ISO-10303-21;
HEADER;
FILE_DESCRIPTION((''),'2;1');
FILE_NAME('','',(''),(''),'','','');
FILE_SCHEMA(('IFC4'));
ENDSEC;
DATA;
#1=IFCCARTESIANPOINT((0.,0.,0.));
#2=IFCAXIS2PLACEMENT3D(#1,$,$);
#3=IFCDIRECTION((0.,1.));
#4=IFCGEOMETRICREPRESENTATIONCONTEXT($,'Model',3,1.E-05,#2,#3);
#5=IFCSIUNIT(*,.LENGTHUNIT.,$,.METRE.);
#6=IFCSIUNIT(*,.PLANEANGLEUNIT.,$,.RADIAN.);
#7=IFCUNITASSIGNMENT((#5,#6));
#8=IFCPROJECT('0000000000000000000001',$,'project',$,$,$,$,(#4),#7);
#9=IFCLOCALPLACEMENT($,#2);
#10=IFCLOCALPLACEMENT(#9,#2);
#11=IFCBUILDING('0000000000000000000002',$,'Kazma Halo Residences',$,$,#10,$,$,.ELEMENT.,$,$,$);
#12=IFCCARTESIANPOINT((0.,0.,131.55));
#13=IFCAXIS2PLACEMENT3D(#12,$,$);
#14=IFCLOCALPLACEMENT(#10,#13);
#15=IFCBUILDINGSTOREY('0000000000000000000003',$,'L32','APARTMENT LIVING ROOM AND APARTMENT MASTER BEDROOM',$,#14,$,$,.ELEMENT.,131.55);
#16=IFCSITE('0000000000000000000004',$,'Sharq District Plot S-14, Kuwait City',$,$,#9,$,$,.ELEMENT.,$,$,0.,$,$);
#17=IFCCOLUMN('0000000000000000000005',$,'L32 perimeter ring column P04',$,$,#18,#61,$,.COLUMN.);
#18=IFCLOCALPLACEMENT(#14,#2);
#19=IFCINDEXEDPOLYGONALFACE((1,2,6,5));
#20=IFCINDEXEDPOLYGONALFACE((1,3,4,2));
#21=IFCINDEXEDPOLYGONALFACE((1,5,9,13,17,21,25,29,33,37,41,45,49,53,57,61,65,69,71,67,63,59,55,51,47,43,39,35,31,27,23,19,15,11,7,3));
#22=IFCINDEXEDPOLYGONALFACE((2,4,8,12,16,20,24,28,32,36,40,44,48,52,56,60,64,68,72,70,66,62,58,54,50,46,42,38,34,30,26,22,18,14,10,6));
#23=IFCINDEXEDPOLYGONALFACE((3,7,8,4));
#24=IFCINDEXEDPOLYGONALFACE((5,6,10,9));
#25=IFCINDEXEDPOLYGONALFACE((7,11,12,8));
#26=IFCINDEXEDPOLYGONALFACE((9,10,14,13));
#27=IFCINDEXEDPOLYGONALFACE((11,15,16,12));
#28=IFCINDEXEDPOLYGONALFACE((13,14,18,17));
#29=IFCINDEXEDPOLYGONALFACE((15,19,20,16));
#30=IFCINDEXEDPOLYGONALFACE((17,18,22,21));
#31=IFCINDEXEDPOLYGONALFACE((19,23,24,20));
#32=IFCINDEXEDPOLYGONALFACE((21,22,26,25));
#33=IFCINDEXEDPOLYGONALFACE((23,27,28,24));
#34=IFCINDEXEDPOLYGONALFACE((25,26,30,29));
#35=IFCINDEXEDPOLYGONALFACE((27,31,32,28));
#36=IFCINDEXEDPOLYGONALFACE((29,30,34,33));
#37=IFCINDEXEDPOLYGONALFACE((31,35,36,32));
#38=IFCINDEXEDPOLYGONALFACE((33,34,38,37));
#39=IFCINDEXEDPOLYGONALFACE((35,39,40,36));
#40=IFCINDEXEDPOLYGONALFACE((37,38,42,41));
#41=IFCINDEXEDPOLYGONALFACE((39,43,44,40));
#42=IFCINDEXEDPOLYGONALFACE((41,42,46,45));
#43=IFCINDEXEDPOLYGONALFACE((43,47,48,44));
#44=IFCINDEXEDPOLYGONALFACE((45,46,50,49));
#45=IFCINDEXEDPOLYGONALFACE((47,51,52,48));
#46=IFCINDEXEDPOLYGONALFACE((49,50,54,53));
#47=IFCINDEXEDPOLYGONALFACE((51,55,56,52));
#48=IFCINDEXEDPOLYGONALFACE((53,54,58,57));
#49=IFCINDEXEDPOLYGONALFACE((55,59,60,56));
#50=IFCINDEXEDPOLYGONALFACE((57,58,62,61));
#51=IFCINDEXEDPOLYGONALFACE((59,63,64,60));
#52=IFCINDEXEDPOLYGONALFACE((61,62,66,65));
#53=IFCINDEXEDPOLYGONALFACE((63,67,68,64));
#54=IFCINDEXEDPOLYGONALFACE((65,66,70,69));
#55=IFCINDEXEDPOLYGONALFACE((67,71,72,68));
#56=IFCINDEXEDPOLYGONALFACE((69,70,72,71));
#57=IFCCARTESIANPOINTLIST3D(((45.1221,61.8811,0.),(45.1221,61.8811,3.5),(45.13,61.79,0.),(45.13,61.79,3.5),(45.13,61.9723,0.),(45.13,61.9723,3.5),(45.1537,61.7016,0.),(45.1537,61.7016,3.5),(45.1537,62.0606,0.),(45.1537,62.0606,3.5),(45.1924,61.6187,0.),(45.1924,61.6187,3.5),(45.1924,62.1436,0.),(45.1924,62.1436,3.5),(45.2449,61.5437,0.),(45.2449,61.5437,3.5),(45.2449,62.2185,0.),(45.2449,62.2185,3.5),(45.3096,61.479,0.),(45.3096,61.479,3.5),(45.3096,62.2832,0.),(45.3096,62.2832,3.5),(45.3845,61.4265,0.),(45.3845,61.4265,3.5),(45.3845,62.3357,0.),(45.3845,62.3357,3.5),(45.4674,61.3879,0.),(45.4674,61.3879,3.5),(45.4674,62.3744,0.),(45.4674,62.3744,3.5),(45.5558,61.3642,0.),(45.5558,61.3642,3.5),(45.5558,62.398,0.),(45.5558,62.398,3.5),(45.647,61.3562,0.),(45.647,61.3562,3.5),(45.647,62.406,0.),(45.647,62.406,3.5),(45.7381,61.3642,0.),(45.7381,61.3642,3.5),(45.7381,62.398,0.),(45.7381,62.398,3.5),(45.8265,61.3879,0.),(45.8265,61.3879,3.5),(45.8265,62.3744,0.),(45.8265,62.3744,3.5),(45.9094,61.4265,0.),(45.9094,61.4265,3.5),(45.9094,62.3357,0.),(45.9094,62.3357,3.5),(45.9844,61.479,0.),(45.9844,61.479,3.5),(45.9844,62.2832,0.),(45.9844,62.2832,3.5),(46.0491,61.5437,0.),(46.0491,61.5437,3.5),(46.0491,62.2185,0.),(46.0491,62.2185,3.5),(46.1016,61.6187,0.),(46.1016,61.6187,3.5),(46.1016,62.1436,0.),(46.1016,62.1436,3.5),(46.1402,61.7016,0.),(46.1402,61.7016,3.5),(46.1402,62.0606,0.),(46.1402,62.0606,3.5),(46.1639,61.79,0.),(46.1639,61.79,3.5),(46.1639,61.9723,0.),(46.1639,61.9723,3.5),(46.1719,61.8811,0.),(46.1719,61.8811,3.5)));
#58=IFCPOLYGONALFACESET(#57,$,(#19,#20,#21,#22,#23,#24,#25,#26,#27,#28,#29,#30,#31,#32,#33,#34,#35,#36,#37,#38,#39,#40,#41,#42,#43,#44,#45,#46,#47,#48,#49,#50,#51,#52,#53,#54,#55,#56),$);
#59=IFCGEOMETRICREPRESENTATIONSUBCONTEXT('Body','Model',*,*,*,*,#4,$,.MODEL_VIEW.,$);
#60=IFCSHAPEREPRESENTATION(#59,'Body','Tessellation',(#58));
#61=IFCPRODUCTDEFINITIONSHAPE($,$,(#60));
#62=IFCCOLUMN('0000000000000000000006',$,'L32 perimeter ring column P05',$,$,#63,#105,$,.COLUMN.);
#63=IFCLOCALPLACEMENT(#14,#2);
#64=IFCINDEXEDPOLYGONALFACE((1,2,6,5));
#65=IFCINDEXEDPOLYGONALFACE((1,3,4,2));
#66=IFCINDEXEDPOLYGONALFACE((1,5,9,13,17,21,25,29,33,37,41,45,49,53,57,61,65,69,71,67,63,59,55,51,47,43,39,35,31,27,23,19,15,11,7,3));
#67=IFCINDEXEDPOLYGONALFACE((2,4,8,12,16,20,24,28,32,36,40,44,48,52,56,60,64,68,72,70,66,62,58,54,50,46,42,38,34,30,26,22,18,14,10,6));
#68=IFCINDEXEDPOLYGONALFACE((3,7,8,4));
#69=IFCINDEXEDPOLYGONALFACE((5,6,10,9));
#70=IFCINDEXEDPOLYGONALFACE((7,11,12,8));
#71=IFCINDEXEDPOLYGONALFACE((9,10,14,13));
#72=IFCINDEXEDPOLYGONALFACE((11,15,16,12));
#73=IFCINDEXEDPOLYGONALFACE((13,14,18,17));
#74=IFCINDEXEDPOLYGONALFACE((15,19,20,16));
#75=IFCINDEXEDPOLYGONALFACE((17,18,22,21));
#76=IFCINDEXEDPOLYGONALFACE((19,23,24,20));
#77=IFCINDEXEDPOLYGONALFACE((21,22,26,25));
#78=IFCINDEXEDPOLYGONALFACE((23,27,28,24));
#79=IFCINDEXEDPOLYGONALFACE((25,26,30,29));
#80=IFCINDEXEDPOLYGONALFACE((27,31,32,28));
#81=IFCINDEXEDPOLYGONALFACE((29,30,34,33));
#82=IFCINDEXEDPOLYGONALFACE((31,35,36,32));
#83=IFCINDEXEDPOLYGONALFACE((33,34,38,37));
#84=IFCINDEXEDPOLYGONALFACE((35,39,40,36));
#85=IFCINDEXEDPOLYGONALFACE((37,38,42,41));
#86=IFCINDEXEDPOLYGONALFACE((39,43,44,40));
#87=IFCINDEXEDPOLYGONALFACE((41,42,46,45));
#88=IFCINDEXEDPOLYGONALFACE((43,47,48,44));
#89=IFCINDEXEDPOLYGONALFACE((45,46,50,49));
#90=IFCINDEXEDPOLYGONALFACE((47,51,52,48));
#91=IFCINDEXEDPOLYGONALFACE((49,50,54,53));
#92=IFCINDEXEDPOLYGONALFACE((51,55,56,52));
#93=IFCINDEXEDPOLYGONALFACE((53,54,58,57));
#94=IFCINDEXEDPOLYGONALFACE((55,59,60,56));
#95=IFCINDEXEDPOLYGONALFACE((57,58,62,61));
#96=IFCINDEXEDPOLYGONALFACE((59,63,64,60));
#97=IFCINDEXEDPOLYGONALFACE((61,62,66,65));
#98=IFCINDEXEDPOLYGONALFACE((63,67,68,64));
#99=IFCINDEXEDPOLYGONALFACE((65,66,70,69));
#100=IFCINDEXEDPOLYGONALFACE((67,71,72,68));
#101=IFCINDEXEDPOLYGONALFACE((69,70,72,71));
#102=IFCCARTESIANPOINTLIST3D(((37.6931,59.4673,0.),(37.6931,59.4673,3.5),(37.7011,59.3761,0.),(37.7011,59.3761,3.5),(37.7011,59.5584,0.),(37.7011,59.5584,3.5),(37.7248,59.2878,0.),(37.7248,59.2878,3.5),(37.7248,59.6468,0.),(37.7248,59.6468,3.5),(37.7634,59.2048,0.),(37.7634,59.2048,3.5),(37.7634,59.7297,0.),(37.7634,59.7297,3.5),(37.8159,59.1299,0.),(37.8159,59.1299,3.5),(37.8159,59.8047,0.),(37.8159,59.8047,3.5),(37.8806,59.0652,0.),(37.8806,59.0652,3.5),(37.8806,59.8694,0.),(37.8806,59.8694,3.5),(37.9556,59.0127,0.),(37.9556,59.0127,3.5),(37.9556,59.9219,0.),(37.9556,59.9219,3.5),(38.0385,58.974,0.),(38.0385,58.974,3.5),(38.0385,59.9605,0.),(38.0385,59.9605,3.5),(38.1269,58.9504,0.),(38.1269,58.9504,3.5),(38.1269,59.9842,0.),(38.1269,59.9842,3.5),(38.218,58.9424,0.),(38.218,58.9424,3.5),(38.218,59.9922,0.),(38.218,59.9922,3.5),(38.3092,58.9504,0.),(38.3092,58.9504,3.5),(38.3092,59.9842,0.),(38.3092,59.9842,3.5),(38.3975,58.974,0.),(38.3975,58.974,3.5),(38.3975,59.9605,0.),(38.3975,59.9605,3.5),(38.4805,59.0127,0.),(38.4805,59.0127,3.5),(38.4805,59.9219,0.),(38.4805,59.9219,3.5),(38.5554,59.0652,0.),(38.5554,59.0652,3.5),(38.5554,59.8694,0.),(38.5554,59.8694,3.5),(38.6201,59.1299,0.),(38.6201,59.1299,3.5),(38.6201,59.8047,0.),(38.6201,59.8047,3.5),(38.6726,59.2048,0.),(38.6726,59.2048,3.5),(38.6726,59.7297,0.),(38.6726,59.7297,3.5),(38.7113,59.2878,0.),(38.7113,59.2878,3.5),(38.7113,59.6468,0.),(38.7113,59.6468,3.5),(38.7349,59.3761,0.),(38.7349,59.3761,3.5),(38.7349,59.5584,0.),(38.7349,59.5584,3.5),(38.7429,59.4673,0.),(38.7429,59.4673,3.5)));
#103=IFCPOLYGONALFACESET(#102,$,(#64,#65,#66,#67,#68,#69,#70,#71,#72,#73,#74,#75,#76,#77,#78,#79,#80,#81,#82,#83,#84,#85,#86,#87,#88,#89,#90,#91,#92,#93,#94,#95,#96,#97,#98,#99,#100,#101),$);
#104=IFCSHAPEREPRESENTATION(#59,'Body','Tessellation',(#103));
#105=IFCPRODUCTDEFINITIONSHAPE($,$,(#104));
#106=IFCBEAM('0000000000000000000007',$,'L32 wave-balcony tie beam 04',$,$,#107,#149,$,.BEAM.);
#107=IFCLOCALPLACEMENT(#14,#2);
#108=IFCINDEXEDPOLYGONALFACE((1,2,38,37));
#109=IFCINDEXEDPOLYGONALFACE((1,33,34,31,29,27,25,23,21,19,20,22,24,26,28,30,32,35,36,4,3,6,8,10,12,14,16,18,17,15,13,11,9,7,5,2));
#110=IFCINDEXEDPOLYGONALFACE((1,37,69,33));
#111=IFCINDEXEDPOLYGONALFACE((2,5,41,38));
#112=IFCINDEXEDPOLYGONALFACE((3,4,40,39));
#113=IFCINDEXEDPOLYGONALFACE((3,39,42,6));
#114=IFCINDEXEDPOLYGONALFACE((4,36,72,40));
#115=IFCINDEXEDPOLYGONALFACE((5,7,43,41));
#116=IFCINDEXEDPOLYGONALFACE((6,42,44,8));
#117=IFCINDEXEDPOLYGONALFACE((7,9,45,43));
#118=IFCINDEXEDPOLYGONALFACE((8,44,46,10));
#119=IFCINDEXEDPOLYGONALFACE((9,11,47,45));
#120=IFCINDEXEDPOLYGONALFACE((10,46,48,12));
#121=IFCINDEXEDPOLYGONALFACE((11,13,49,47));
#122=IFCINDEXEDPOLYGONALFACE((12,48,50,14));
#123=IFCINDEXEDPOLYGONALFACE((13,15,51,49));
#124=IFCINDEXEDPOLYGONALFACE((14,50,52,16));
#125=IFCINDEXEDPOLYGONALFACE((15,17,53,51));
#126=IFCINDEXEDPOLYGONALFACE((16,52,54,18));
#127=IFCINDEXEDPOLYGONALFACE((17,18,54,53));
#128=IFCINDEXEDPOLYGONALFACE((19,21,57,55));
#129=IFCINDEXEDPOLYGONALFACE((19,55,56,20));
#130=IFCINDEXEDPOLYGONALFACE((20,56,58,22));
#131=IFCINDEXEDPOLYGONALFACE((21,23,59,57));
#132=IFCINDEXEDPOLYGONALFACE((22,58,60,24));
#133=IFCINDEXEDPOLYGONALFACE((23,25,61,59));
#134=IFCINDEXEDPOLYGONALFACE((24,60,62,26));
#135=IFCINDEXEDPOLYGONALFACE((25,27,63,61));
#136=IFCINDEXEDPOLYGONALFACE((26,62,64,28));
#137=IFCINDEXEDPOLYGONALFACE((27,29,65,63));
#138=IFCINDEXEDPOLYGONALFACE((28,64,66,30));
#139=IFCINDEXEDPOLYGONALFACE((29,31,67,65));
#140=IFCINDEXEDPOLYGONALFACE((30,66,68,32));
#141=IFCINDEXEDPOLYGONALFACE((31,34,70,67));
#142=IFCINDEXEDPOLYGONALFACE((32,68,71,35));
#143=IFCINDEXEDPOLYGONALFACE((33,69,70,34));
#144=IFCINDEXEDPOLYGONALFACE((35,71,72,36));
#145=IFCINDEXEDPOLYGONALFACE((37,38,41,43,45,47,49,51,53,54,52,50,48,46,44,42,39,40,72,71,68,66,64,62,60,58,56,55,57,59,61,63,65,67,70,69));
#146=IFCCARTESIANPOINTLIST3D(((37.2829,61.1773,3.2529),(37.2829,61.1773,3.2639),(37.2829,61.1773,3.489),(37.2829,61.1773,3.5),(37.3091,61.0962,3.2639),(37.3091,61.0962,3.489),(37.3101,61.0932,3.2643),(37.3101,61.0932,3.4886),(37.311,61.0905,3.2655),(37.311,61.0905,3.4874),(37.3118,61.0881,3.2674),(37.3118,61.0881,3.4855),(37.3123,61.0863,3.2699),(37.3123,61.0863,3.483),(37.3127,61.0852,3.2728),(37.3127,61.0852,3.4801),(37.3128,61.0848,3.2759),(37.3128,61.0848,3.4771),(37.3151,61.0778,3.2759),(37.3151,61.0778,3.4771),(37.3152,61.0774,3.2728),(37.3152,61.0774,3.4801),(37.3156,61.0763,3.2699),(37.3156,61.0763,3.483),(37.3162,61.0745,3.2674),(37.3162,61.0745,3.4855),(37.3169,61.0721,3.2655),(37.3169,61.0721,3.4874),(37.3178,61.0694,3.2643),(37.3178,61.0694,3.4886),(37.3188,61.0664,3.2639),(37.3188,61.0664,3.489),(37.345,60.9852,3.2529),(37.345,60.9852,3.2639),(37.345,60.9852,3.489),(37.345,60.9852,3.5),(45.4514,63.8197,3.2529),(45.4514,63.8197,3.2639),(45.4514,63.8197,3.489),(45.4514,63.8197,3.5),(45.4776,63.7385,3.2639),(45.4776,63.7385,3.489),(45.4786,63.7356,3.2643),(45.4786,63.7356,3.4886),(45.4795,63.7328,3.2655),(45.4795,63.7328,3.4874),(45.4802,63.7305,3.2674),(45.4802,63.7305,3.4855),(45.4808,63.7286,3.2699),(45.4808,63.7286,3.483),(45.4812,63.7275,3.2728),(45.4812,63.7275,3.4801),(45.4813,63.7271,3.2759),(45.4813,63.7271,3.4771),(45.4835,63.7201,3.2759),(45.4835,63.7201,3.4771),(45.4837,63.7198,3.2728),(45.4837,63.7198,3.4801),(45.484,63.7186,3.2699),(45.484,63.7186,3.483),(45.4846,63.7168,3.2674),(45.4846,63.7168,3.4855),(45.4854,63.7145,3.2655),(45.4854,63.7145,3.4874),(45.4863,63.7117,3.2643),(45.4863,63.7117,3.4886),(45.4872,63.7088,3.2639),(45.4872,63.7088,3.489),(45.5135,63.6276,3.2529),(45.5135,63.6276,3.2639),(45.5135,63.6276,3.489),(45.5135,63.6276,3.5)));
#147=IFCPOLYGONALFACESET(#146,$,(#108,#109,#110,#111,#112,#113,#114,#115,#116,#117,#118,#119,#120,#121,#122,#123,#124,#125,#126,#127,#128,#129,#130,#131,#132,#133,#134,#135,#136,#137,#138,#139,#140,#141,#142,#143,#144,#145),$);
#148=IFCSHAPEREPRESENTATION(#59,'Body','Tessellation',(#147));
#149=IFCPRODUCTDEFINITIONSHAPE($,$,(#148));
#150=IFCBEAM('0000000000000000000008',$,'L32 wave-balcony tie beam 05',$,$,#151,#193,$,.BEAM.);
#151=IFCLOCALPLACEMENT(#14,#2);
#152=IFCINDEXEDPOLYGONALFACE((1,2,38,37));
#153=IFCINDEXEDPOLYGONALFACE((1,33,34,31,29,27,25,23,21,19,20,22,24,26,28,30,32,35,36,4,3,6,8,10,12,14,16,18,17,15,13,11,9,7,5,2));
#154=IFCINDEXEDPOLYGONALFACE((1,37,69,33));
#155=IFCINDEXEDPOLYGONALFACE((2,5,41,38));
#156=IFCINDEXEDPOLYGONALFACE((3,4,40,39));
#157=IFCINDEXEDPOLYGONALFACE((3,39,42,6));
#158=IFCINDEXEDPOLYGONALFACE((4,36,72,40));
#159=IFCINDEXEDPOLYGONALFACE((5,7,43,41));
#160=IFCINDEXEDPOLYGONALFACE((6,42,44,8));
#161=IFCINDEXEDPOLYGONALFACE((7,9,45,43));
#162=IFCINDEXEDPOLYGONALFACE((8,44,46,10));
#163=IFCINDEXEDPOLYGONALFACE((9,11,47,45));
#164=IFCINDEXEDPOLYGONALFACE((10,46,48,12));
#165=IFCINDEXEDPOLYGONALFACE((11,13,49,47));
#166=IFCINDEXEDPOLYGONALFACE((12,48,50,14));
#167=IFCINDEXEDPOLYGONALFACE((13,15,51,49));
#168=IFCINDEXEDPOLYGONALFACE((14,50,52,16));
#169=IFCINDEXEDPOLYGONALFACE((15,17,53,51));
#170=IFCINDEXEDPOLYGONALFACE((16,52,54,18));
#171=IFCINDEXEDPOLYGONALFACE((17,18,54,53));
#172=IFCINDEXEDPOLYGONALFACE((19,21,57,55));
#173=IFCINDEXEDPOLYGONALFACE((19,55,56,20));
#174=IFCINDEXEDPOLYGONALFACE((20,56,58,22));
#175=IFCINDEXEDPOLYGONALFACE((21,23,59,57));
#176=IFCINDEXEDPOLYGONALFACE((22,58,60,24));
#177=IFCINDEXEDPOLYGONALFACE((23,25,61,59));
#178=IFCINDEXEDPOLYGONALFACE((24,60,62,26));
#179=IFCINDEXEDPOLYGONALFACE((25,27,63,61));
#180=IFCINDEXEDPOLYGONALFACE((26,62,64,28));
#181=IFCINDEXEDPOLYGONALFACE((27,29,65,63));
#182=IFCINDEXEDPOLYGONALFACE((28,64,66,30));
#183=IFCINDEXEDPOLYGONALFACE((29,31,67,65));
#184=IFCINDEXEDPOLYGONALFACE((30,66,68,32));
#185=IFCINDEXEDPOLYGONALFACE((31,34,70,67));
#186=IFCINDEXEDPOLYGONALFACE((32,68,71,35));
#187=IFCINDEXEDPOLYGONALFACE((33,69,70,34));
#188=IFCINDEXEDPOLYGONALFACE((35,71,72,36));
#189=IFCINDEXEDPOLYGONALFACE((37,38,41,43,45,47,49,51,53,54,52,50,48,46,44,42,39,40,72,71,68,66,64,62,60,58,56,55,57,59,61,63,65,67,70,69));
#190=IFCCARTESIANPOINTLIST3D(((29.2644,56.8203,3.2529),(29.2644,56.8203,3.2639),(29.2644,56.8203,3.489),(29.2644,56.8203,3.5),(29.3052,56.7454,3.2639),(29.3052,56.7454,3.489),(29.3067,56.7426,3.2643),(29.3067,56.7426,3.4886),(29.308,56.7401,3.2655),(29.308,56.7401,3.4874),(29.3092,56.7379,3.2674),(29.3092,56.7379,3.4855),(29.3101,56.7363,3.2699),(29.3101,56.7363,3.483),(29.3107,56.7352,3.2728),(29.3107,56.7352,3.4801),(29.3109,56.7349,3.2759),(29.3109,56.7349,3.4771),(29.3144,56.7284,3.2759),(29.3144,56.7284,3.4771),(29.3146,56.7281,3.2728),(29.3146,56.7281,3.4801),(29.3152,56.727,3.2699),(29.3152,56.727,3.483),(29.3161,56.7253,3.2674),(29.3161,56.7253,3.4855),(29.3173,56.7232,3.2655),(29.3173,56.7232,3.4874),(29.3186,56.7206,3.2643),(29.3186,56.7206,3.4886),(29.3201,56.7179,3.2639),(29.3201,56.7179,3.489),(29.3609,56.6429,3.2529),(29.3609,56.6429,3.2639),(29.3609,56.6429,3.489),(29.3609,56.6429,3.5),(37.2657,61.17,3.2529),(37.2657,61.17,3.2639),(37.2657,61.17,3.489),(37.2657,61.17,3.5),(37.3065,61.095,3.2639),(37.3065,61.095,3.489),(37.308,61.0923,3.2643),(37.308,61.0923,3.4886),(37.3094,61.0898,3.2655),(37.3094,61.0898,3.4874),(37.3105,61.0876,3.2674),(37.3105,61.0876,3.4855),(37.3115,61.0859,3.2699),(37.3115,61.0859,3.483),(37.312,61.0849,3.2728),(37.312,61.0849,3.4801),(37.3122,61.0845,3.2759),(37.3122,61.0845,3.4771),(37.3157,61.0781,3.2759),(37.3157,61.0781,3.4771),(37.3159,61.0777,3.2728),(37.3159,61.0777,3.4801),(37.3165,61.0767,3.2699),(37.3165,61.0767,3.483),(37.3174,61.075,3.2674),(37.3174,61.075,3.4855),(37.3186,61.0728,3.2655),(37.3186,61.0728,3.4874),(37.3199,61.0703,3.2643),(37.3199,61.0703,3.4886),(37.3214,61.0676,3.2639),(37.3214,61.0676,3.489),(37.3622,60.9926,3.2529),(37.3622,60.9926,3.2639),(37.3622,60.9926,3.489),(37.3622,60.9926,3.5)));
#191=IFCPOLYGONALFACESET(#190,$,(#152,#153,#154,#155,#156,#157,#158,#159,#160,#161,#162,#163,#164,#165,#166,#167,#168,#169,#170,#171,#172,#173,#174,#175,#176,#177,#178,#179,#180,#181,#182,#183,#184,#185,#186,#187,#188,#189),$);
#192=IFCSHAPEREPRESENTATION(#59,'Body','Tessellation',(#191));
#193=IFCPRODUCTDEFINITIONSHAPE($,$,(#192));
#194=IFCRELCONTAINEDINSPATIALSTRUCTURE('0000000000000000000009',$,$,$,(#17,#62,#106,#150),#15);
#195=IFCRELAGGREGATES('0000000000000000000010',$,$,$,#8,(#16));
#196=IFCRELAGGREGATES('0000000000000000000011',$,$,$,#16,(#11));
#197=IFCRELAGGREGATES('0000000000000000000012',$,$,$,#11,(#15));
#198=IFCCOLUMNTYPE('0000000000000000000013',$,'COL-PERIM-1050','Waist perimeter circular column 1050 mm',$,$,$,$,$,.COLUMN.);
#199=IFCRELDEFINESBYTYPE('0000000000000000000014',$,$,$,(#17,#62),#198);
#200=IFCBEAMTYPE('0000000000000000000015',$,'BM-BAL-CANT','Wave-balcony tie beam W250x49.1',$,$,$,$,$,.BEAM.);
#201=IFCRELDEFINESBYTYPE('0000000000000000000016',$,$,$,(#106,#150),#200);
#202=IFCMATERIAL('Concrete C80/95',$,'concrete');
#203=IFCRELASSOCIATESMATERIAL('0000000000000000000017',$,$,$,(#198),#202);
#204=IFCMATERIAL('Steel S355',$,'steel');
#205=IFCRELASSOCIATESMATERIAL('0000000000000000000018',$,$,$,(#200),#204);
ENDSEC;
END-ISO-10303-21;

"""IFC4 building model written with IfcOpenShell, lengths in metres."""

from ifc_helpers import new_model, si_unit, direction, frame, origin, origin_2d, place, context, subcontext, project, spatial, circle, i_section, extrude, material, material_profile, profile_set, type_object, element, save


model = new_model("IFC4")

# Units and contexts
model_context = context("Model", 3, precision=1e-05, world=origin(), true_north=direction((0.0, 1.0)))
body_context = subcontext(model_context, "Body", "Model", "MODEL_VIEW")
ifc_project = project(units=[si_unit("LENGTHUNIT", "METRE"), si_unit("PLANEANGLEUNIT", "RADIAN")], contexts=[model_context])

# Site, building, storey
site_placement = place(None, origin())
site = spatial("IfcSite", under=ifc_project, at=site_placement, Name="Sharq District Plot S-14, Kuwait City", CompositionType="ELEMENT", RefElevation=0.0)
building_placement = place(site_placement, origin())
building = spatial("IfcBuilding", under=site, at=building_placement, Name="Kazma Halo Residences", CompositionType="ELEMENT")
storey_placement = place(building_placement, frame((0.0, 0.0, 131.55)))
storey = spatial("IfcBuildingStorey", under=building, at=storey_placement, Name="L32", Description="APARTMENT LIVING ROOM AND APARTMENT MASTER BEDROOM", CompositionType="ELEMENT", Elevation=131.55)

# Columns
ifc_material_1 = material(Name="Concrete C80/95", Category="concrete")
ifc_material_profile_1 = material_profile(ifc_material_1, circle(Radius=0.5249, at=origin_2d()), Name="CIRC1050")
ifc_profile_set_1 = profile_set([ifc_material_profile_1], Name="Concrete C80/95")
column_type = type_object("IfcColumnType", Name="COL-PERIM-1050", Description="Waist perimeter circular column 1050 mm", PredefinedType="COLUMN", material=ifc_profile_set_1)
for number, where, z_axis, x_axis, name in (
    (1, (45.647, 61.8811, 0.0), (0.0, 0.0, 1.0), (1.0, 0.0, 0.0), "L32 perimeter ring column P04"),
    (2, (38.218, 59.4673, 0.0), (0.0, 0.0, 1.0), (1.0, 0.0, 0.0), "L32 perimeter ring column P05"),
):
    element("IfcColumn", number, at=place(storey_placement, frame(where, z_axis=z_axis, x_axis=x_axis)), inside=storey, type_object=column_type, Name=name, PredefinedType="COLUMN", context=body_context, shape_type="SweptSolid", body=[
        extrude(circle(Radius=0.5249, at=origin_2d()), origin(), (0.0, 0.0, 1.0), 3.5),
    ])

# Beams
ifc_material_2 = material(Name="Steel S355", Category="steel")
ifc_material_profile_2 = material_profile(ifc_material_2, i_section(OverallWidth=0.2019, OverallDepth=0.2471, WebThickness=0.0073, FlangeThickness=0.011, FilletRadius=0.012, at=origin_2d()), Name="W250x49.1")
ifc_profile_set_2 = profile_set([ifc_material_profile_2], Name="Steel S355")
beam_type_1 = type_object("IfcBeamType", Name="BM-BAL-CANT", Description="Wave-balcony tie beam W250x49.1", PredefinedType="BEAM", material=ifc_profile_set_2)
beam_1_placement = place(storey_placement, frame((45.4824, 63.7236, 3.3765), z_axis=(-0.951458, -0.307778, 0.0), x_axis=(0.307778, -0.951458, 0.0)))
element("IfcBeam", 3, at=beam_1_placement, inside=storey, type_object=beam_type_1, Name="L32 wave-balcony tie beam 04", PredefinedType="BEAM", context=body_context, shape_type="SweptSolid", body=[
    extrude(i_section(OverallWidth=0.2019, OverallDepth=0.2471, WebThickness=0.0073, FlangeThickness=0.011, FilletRadius=0.012, at=origin_2d()), origin(), (0.0, 0.0, 1.0), 8.5852),
])
beam_2_placement = place(storey_placement, frame((37.314, 61.0813, 3.3765), z_axis=(-0.878573, -0.477608, 0.0), x_axis=(0.477608, -0.878573, 0.0)))
element("IfcBeam", 4, at=beam_2_placement, inside=storey, type_object=beam_type_1, Name="L32 wave-balcony tie beam 05", PredefinedType="BEAM", context=body_context, shape_type="SweptSolid", body=[
    extrude(i_section(OverallWidth=0.2019, OverallDepth=0.2471, WebThickness=0.0073, FlangeThickness=0.011, FilletRadius=0.012, at=origin_2d()), origin(), (0.0, 0.0, 1.0), 9.1072),
])

save(model, "model.ifc")
